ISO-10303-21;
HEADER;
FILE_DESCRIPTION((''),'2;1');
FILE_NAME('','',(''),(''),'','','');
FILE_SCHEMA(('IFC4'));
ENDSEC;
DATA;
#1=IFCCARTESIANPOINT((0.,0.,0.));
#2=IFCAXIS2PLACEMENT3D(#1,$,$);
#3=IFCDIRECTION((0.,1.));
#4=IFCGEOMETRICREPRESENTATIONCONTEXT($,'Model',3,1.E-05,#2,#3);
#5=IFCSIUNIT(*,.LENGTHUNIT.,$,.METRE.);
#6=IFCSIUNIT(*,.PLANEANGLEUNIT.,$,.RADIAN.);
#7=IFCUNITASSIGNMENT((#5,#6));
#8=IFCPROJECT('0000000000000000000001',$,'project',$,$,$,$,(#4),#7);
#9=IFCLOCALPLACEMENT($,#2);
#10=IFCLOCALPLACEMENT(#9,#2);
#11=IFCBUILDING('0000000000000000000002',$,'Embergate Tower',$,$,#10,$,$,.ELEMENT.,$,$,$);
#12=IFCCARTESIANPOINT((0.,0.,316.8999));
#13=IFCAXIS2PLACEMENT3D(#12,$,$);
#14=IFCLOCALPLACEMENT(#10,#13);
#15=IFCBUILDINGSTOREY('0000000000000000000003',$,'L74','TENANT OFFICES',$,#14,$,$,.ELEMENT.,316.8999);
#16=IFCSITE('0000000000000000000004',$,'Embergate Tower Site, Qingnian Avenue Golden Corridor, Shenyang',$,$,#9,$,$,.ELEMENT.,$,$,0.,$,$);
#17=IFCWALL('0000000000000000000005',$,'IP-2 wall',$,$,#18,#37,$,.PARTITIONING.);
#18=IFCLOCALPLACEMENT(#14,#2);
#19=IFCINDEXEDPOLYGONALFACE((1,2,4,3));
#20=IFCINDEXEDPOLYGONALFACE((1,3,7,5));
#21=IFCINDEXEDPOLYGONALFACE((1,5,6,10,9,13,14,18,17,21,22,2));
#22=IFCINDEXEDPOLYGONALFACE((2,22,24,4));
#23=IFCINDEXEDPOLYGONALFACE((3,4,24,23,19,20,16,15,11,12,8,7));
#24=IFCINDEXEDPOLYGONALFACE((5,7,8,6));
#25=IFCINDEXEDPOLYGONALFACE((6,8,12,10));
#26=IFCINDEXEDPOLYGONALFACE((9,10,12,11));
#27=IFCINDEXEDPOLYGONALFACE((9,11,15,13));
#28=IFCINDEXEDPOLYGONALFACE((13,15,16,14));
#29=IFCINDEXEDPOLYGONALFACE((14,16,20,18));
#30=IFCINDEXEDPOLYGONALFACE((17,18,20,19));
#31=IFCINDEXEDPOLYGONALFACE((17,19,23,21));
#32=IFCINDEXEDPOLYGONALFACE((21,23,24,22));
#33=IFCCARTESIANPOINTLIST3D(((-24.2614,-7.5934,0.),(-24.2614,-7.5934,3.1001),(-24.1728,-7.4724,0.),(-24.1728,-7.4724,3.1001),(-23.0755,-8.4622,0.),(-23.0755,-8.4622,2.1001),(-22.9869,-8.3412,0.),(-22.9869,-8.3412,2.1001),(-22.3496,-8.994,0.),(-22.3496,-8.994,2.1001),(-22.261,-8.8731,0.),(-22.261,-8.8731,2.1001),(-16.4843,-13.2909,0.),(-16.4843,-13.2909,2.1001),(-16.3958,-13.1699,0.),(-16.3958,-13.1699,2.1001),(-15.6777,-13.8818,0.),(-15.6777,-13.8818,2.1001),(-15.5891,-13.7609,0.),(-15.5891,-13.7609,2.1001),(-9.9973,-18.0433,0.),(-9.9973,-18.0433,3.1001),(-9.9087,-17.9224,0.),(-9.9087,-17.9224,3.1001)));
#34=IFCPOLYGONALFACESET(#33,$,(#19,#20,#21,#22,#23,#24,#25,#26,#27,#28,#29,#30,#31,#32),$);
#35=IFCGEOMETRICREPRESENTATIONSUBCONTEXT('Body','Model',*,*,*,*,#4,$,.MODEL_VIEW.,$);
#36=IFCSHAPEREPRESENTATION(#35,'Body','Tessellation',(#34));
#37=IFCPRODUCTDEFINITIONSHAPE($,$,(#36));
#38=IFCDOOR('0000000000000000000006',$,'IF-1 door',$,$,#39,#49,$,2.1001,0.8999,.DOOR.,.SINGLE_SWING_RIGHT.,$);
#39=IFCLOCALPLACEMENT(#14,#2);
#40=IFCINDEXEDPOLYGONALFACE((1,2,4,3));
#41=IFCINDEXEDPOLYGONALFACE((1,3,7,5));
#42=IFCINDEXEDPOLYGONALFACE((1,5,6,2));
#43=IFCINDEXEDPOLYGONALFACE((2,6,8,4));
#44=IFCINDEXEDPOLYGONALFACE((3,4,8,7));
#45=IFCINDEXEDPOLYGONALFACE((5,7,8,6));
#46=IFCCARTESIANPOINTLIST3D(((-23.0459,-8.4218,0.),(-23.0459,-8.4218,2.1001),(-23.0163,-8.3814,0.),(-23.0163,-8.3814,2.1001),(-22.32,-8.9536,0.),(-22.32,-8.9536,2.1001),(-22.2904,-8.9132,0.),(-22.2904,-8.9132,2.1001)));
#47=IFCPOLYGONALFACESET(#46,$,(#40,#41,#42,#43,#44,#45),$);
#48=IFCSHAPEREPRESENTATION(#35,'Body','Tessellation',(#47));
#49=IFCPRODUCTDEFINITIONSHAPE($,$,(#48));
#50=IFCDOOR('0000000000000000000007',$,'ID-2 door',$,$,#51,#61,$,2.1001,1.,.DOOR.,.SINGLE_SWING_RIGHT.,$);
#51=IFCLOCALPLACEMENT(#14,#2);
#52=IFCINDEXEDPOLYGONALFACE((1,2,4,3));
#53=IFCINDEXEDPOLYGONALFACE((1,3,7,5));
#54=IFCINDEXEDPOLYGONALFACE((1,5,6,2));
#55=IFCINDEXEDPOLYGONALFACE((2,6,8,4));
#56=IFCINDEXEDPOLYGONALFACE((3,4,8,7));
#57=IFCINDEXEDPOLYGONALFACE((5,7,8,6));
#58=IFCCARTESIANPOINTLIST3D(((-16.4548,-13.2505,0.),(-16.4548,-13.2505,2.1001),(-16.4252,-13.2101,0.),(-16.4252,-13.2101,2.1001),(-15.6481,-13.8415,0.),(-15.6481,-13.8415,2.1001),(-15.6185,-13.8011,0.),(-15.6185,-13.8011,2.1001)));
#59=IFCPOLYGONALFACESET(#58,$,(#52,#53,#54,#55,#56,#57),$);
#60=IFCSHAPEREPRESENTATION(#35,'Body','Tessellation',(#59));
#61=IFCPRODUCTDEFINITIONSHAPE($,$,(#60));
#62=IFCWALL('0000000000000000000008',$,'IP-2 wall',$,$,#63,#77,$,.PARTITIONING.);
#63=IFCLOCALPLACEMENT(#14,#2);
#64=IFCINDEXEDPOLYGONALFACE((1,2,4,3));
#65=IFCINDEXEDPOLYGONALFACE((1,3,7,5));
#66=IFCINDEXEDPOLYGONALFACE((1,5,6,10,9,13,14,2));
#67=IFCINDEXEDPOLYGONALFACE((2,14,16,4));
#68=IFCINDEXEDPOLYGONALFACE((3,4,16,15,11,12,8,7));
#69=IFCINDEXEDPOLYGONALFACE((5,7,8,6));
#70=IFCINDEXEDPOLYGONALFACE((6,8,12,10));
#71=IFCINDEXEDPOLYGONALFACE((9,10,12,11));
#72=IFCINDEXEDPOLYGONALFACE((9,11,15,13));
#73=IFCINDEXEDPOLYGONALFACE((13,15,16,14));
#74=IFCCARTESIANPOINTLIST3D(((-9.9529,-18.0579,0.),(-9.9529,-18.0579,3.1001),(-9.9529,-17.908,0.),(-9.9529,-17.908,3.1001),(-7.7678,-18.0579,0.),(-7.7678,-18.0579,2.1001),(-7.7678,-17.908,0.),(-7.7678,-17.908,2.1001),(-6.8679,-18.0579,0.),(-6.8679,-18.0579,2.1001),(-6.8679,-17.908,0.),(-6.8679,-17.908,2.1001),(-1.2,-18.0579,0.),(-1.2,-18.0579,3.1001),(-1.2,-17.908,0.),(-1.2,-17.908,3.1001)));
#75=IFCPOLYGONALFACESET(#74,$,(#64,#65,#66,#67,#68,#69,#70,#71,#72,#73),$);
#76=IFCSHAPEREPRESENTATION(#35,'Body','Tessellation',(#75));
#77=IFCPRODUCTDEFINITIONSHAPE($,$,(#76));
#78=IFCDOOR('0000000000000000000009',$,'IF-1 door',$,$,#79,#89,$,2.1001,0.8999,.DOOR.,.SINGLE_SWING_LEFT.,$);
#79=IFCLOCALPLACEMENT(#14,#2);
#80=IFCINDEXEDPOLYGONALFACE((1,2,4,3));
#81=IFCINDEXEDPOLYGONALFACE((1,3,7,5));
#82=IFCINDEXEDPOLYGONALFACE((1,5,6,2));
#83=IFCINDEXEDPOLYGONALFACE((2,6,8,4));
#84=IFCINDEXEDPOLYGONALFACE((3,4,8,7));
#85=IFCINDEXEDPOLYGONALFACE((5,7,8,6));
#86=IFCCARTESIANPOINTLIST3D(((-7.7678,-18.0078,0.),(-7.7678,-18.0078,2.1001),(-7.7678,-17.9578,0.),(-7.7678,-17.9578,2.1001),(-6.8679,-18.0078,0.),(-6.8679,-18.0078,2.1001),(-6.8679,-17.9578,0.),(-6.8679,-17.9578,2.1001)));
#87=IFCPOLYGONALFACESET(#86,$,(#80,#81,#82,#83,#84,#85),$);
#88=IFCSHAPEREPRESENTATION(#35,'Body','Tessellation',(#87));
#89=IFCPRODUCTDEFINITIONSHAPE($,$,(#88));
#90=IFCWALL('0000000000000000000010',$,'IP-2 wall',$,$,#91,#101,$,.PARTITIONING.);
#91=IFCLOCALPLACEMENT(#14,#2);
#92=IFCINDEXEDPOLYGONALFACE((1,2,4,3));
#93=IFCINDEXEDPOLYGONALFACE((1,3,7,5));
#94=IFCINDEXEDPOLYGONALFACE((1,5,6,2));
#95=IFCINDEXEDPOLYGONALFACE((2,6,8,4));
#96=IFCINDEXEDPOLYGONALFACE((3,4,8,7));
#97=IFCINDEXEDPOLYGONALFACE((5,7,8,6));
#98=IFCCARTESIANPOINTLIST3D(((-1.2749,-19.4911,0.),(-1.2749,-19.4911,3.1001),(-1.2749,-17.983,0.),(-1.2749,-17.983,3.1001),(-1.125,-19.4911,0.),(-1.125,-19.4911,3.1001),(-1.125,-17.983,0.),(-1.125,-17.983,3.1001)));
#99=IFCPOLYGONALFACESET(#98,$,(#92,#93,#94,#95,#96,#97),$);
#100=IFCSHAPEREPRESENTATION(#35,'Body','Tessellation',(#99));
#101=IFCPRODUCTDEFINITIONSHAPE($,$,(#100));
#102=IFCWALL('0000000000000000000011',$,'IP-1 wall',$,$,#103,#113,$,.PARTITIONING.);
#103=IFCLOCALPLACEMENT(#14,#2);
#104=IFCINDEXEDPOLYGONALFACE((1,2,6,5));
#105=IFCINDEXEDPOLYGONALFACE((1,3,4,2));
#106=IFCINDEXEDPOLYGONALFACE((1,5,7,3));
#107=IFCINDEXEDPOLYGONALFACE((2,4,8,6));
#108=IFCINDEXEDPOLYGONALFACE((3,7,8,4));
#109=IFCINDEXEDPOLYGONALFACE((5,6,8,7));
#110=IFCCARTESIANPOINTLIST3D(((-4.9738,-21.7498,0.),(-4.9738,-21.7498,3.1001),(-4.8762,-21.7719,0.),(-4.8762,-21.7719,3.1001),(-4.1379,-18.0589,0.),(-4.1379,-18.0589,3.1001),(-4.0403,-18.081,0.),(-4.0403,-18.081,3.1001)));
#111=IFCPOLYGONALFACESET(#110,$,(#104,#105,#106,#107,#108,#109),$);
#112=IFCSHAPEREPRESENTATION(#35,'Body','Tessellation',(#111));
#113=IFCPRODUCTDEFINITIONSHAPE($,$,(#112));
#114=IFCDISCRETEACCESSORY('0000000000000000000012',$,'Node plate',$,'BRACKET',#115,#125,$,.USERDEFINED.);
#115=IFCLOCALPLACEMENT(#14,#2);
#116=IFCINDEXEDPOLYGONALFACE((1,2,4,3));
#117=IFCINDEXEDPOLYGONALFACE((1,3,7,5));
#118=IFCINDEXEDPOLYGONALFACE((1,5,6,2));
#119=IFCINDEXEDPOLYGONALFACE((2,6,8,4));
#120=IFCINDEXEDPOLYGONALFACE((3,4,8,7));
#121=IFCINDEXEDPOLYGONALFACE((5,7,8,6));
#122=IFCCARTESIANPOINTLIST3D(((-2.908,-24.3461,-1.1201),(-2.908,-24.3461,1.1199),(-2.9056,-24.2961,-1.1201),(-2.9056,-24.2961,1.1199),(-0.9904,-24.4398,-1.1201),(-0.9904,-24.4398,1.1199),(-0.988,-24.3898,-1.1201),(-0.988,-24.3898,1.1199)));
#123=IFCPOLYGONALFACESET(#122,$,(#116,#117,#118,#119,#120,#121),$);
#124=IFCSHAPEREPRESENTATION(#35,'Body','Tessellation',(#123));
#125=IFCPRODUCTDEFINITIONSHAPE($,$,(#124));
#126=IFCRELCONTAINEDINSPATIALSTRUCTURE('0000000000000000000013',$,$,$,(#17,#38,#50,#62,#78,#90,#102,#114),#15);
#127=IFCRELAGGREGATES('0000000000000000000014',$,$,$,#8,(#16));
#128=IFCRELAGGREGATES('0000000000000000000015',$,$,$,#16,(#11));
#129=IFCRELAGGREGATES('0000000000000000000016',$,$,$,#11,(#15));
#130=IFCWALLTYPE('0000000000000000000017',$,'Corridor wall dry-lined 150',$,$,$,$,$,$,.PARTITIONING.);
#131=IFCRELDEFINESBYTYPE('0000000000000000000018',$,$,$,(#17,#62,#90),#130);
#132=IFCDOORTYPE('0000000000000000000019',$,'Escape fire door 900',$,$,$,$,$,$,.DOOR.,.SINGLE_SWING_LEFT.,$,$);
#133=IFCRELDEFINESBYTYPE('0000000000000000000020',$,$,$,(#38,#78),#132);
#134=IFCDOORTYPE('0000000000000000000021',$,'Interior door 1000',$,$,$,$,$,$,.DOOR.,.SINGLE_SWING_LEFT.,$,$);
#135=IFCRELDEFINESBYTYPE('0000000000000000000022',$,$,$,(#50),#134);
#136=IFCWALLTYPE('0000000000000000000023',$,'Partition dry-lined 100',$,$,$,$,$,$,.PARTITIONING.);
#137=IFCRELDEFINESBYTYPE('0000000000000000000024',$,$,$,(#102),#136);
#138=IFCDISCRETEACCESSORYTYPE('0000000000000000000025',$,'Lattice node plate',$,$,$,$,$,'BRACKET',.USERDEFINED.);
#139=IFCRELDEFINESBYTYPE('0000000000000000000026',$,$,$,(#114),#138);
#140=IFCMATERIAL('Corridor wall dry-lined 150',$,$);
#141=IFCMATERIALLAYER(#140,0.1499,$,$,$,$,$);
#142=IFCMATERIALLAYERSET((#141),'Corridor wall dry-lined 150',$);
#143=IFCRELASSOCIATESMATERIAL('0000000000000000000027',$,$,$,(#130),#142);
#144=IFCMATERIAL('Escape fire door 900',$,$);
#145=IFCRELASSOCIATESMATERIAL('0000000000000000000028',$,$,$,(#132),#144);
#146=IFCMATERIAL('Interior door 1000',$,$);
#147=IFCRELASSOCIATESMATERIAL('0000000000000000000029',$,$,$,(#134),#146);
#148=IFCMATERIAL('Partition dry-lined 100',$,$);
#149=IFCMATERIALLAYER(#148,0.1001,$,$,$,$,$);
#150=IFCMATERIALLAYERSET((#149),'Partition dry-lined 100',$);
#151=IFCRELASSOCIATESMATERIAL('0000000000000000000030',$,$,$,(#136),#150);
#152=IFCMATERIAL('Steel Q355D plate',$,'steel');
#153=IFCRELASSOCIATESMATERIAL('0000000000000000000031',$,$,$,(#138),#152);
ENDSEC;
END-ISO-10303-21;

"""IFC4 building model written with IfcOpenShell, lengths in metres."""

from ifc_helpers import new_model, si_unit, direction, frame, frame_2d, origin, origin_2d, place, context, subcontext, project, spatial, rectangle, extrude, source, transform, mapped, material, layer, layer_set, type_object, element, fill, save


model = new_model("IFC4")

# Units and contexts
model_context = context("Model", 3, precision=1e-05, world=origin(), true_north=direction((0.0, 1.0)))
body_context = subcontext(model_context, "Body", "Model", "MODEL_VIEW")
ifc_project = project(units=[si_unit("LENGTHUNIT", "METRE"), si_unit("PLANEANGLEUNIT", "RADIAN")], contexts=[model_context])

# Site, building, storey
site_placement = place(None, origin())
site = spatial("IfcSite", under=ifc_project, at=site_placement, Name="Embergate Tower Site, Qingnian Avenue Golden Corridor, Shenyang", CompositionType="ELEMENT", RefElevation=0.0)
building_placement = place(site_placement, origin())
building = spatial("IfcBuilding", under=site, at=building_placement, Name="Embergate Tower", CompositionType="ELEMENT")
storey_placement = place(building_placement, frame((0.0, 0.0, 316.8999)))
storey = spatial("IfcBuildingStorey", under=building, at=storey_placement, Name="L74", Description="TENANT OFFICES", CompositionType="ELEMENT", Elevation=316.8999)

# Wall, openings, doors
ifc_material_1 = material(Name="Corridor wall dry-lined 150")
ifc_layer_1 = layer(ifc_material_1, 0.1499)
ifc_layer_set_1 = layer_set([ifc_layer_1], Name="Corridor wall dry-lined 150")
wall_type_1 = type_object("IfcWallType", Name="Corridor wall dry-lined 150", PredefinedType="PARTITIONING", material=ifc_layer_set_1)
shared_shape_1 = source(origin(), body_context, "Body", "SweptSolid", [
    extrude(rectangle(XDim=17.6824, YDim=0.1499, at=frame_2d((8.8413, 0.0))), origin(), (0.0, 0.0, 1.0), 3.1001),
])
wall_1_placement = place(storey_placement, frame((-9.9529, -17.9829, 0.0), z_axis=(0.0, 0.0, 1.0), x_axis=(-0.806686, 0.59098, 0.0)))
wall_1 = element("IfcWall", 1, at=wall_1_placement, inside=storey, type_object=wall_type_1, Name="IP-2 wall", PredefinedType="PARTITIONING", context=body_context, shape_type="MappedRepresentation", body=[
    mapped(shared_shape_1, transform((0.0, 0.0, 0.0))),
])
shared_shape_2 = source(origin(), body_context, "Body", "SweptSolid", [
    extrude(rectangle(XDim=0.8999, YDim=2.1001, at=frame_2d((0.45, 1.05))), frame((0.0, 0.085, 0.0), z_axis=(0.0, -1.0, 0.0), x_axis=(1.0, 0.0, 0.0)), (0.0, 0.0, 1.0), 0.1699),
])
opening_1_placement = place(wall_1_placement, frame((15.3125, 0.0, 0.0)))
opening_1 = element("IfcOpeningElement", 2, at=opening_1_placement, cuts=wall_1, PredefinedType="OPENING", context=body_context, shape_type="MappedRepresentation", body=[
    mapped(shared_shape_2, transform((0.0, 0.0, 0.0))),
])
shared_shape_3 = source(origin(), body_context, "Body", "SweptSolid", [
    extrude(rectangle(XDim=1.0, YDim=2.1001, at=frame_2d((0.5, 1.05))), frame((0.0, 0.085, 0.0), z_axis=(0.0, -1.0, 0.0), x_axis=(1.0, 0.0, 0.0)), (0.0, 0.0, 1.0), 0.1699),
])
opening_2_placement = place(wall_1_placement, frame((7.0417, 0.0, 0.0)))
opening_2 = element("IfcOpeningElement", 3, at=opening_2_placement, cuts=wall_1, PredefinedType="OPENING", context=body_context, shape_type="MappedRepresentation", body=[
    mapped(shared_shape_3, transform((0.0, 0.0, 0.0))),
])
ifc_material_2 = material(Name="Escape fire door 900")
door_type_1 = type_object("IfcDoorType", Name="Escape fire door 900", OperationType="SINGLE_SWING_LEFT", PredefinedType="DOOR", material=ifc_material_2)
shared_shape_4 = source(origin(), body_context, "Body", "SweptSolid", [
    extrude(rectangle(XDim=0.8999, YDim=2.1001, at=frame_2d((0.45, 1.05))), frame((0.0, 0.0249, 0.0), z_axis=(0.0, -1.0, 0.0), x_axis=(1.0, 0.0, 0.0)), (0.0, 0.0, 1.0), 0.05),
])
door_1_placement = place(opening_1_placement, origin())
door_1 = element("IfcDoor", 4, at=door_1_placement, inside=storey, type_object=door_type_1, Name="IF-1 door", OperationType="SINGLE_SWING_RIGHT", OverallHeight=2.1001, OverallWidth=0.8999, PredefinedType="DOOR", context=body_context, shape_type="MappedRepresentation", body=[
    mapped(shared_shape_4, transform((0.0, 0.0, 0.0))),
])
fill(opening_1, door_1)
ifc_material_3 = material(Name="Interior door 1000")
door_type_2 = type_object("IfcDoorType", Name="Interior door 1000", OperationType="SINGLE_SWING_LEFT", PredefinedType="DOOR", material=ifc_material_3)
shared_shape_5 = source(origin(), body_context, "Body", "SweptSolid", [
    extrude(rectangle(XDim=1.0, YDim=2.1001, at=frame_2d((0.5, 1.05))), frame((0.0, 0.0249, 0.0), z_axis=(0.0, -1.0, 0.0), x_axis=(1.0, 0.0, 0.0)), (0.0, 0.0, 1.0), 0.05),
])
door_2_placement = place(opening_2_placement, origin())
door_2 = element("IfcDoor", 5, at=door_2_placement, inside=storey, type_object=door_type_2, Name="ID-2 door", OperationType="SINGLE_SWING_RIGHT", OverallHeight=2.1001, OverallWidth=1.0, PredefinedType="DOOR", context=body_context, shape_type="MappedRepresentation", body=[
    mapped(shared_shape_5, transform((0.0, 0.0, 0.0))),
])
fill(opening_2, door_2)

# Wall, opening, door
shared_shape_6 = source(origin(), body_context, "Body", "SweptSolid", [
    extrude(rectangle(XDim=8.7529, YDim=0.1499, at=frame_2d((4.3765, 0.0))), origin(), (0.0, 0.0, 1.0), 3.1001),
])
wall_2_placement = place(storey_placement, frame((-1.2, -17.9829, 0.0), z_axis=(0.0, 0.0, 1.0), x_axis=(-1.0, 0.0, 0.0)))
wall_2 = element("IfcWall", 6, at=wall_2_placement, inside=storey, type_object=wall_type_1, Name="IP-2 wall", PredefinedType="PARTITIONING", context=body_context, shape_type="MappedRepresentation", body=[
    mapped(shared_shape_6, transform((0.0, 0.0, 0.0))),
])
opening_3_placement = place(wall_2_placement, frame((5.668, 0.0, 0.0)))
opening_3 = element("IfcOpeningElement", 7, at=opening_3_placement, cuts=wall_2, PredefinedType="OPENING", context=body_context, shape_type="MappedRepresentation", body=[
    mapped(shared_shape_2, transform((0.0, 0.0, 0.0))),
])
door_3_placement = place(opening_3_placement, origin())
door_3 = element("IfcDoor", 8, at=door_3_placement, inside=storey, type_object=door_type_1, Name="IF-1 door", OperationType="SINGLE_SWING_LEFT", OverallHeight=2.1001, OverallWidth=0.8999, PredefinedType="DOOR", context=body_context, shape_type="MappedRepresentation", body=[
    mapped(shared_shape_4, transform((0.0, 0.0, 0.0))),
])
fill(opening_3, door_3)

# Walls
shared_shape_7 = source(origin(), body_context, "Body", "SweptSolid", [
    extrude(rectangle(XDim=1.5081, YDim=0.1499, at=frame_2d((0.7539, 0.0))), origin(), (0.0, 0.0, 1.0), 3.1001),
])
wall_3_placement = place(storey_placement, frame((-1.2, -19.491, 0.0), z_axis=(0.0, 0.0, 1.0), x_axis=(0.0, 1.0, 0.0)))
element("IfcWall", 9, at=wall_3_placement, inside=storey, type_object=wall_type_1, Name="IP-2 wall", PredefinedType="PARTITIONING", context=body_context, shape_type="MappedRepresentation", body=[
    mapped(shared_shape_7, transform((0.0, 0.0, 0.0))),
])
ifc_material_4 = material(Name="Partition dry-lined 100")
ifc_layer_2 = layer(ifc_material_4, 0.1001)
ifc_layer_set_2 = layer_set([ifc_layer_2], Name="Partition dry-lined 100")
wall_type_2 = type_object("IfcWallType", Name="Partition dry-lined 100", PredefinedType="PARTITIONING", material=ifc_layer_set_2)
shared_shape_8 = source(origin(), body_context, "Body", "SweptSolid", [
    extrude(rectangle(XDim=3.7844, YDim=0.1001, at=frame_2d((1.8921, 0.0))), origin(), (0.0, 0.0, 1.0), 3.1001),
])
wall_4_placement = place(storey_placement, frame((-4.0891, -18.0701, 0.0), z_axis=(0.0, 0.0, 1.0), x_axis=(-0.22089, -0.975299, 0.0)))
element("IfcWall", 10, at=wall_4_placement, inside=storey, type_object=wall_type_2, Name="IP-1 wall", PredefinedType="PARTITIONING", context=body_context, shape_type="MappedRepresentation", body=[
    mapped(shared_shape_8, transform((0.0, 0.0, 0.0))),
])

# Discrete accessory
ifc_material_5 = material(Name="Steel Q355D plate", Category="steel")
discrete_accessory_type = type_object("IfcDiscreteAccessoryType", Name="Lattice node plate", ElementType="BRACKET", PredefinedType="USERDEFINED", material=ifc_material_5)
shared_shape_9 = source(origin(), body_context, "Body", "SweptSolid", [
    extrude(rectangle(XDim=1.9199, YDim=0.05, at=origin_2d()), origin(), (0.0, 0.0, 1.0), 2.24),
])
discrete_accessory_placement = place(storey_placement, frame((-1.948, -24.3679, -1.1201), z_axis=(0.0, 0.0, 1.0), x_axis=(0.998808, -0.048815, 0.0)))
element("IfcDiscreteAccessory", 11, at=discrete_accessory_placement, inside=storey, type_object=discrete_accessory_type, Name="Node plate", ObjectType="BRACKET", PredefinedType="USERDEFINED", context=body_context, shape_type="MappedRepresentation", body=[
    mapped(shared_shape_9, transform((0.0, 0.0, 0.0))),
])

save(model, "model.ifc")
